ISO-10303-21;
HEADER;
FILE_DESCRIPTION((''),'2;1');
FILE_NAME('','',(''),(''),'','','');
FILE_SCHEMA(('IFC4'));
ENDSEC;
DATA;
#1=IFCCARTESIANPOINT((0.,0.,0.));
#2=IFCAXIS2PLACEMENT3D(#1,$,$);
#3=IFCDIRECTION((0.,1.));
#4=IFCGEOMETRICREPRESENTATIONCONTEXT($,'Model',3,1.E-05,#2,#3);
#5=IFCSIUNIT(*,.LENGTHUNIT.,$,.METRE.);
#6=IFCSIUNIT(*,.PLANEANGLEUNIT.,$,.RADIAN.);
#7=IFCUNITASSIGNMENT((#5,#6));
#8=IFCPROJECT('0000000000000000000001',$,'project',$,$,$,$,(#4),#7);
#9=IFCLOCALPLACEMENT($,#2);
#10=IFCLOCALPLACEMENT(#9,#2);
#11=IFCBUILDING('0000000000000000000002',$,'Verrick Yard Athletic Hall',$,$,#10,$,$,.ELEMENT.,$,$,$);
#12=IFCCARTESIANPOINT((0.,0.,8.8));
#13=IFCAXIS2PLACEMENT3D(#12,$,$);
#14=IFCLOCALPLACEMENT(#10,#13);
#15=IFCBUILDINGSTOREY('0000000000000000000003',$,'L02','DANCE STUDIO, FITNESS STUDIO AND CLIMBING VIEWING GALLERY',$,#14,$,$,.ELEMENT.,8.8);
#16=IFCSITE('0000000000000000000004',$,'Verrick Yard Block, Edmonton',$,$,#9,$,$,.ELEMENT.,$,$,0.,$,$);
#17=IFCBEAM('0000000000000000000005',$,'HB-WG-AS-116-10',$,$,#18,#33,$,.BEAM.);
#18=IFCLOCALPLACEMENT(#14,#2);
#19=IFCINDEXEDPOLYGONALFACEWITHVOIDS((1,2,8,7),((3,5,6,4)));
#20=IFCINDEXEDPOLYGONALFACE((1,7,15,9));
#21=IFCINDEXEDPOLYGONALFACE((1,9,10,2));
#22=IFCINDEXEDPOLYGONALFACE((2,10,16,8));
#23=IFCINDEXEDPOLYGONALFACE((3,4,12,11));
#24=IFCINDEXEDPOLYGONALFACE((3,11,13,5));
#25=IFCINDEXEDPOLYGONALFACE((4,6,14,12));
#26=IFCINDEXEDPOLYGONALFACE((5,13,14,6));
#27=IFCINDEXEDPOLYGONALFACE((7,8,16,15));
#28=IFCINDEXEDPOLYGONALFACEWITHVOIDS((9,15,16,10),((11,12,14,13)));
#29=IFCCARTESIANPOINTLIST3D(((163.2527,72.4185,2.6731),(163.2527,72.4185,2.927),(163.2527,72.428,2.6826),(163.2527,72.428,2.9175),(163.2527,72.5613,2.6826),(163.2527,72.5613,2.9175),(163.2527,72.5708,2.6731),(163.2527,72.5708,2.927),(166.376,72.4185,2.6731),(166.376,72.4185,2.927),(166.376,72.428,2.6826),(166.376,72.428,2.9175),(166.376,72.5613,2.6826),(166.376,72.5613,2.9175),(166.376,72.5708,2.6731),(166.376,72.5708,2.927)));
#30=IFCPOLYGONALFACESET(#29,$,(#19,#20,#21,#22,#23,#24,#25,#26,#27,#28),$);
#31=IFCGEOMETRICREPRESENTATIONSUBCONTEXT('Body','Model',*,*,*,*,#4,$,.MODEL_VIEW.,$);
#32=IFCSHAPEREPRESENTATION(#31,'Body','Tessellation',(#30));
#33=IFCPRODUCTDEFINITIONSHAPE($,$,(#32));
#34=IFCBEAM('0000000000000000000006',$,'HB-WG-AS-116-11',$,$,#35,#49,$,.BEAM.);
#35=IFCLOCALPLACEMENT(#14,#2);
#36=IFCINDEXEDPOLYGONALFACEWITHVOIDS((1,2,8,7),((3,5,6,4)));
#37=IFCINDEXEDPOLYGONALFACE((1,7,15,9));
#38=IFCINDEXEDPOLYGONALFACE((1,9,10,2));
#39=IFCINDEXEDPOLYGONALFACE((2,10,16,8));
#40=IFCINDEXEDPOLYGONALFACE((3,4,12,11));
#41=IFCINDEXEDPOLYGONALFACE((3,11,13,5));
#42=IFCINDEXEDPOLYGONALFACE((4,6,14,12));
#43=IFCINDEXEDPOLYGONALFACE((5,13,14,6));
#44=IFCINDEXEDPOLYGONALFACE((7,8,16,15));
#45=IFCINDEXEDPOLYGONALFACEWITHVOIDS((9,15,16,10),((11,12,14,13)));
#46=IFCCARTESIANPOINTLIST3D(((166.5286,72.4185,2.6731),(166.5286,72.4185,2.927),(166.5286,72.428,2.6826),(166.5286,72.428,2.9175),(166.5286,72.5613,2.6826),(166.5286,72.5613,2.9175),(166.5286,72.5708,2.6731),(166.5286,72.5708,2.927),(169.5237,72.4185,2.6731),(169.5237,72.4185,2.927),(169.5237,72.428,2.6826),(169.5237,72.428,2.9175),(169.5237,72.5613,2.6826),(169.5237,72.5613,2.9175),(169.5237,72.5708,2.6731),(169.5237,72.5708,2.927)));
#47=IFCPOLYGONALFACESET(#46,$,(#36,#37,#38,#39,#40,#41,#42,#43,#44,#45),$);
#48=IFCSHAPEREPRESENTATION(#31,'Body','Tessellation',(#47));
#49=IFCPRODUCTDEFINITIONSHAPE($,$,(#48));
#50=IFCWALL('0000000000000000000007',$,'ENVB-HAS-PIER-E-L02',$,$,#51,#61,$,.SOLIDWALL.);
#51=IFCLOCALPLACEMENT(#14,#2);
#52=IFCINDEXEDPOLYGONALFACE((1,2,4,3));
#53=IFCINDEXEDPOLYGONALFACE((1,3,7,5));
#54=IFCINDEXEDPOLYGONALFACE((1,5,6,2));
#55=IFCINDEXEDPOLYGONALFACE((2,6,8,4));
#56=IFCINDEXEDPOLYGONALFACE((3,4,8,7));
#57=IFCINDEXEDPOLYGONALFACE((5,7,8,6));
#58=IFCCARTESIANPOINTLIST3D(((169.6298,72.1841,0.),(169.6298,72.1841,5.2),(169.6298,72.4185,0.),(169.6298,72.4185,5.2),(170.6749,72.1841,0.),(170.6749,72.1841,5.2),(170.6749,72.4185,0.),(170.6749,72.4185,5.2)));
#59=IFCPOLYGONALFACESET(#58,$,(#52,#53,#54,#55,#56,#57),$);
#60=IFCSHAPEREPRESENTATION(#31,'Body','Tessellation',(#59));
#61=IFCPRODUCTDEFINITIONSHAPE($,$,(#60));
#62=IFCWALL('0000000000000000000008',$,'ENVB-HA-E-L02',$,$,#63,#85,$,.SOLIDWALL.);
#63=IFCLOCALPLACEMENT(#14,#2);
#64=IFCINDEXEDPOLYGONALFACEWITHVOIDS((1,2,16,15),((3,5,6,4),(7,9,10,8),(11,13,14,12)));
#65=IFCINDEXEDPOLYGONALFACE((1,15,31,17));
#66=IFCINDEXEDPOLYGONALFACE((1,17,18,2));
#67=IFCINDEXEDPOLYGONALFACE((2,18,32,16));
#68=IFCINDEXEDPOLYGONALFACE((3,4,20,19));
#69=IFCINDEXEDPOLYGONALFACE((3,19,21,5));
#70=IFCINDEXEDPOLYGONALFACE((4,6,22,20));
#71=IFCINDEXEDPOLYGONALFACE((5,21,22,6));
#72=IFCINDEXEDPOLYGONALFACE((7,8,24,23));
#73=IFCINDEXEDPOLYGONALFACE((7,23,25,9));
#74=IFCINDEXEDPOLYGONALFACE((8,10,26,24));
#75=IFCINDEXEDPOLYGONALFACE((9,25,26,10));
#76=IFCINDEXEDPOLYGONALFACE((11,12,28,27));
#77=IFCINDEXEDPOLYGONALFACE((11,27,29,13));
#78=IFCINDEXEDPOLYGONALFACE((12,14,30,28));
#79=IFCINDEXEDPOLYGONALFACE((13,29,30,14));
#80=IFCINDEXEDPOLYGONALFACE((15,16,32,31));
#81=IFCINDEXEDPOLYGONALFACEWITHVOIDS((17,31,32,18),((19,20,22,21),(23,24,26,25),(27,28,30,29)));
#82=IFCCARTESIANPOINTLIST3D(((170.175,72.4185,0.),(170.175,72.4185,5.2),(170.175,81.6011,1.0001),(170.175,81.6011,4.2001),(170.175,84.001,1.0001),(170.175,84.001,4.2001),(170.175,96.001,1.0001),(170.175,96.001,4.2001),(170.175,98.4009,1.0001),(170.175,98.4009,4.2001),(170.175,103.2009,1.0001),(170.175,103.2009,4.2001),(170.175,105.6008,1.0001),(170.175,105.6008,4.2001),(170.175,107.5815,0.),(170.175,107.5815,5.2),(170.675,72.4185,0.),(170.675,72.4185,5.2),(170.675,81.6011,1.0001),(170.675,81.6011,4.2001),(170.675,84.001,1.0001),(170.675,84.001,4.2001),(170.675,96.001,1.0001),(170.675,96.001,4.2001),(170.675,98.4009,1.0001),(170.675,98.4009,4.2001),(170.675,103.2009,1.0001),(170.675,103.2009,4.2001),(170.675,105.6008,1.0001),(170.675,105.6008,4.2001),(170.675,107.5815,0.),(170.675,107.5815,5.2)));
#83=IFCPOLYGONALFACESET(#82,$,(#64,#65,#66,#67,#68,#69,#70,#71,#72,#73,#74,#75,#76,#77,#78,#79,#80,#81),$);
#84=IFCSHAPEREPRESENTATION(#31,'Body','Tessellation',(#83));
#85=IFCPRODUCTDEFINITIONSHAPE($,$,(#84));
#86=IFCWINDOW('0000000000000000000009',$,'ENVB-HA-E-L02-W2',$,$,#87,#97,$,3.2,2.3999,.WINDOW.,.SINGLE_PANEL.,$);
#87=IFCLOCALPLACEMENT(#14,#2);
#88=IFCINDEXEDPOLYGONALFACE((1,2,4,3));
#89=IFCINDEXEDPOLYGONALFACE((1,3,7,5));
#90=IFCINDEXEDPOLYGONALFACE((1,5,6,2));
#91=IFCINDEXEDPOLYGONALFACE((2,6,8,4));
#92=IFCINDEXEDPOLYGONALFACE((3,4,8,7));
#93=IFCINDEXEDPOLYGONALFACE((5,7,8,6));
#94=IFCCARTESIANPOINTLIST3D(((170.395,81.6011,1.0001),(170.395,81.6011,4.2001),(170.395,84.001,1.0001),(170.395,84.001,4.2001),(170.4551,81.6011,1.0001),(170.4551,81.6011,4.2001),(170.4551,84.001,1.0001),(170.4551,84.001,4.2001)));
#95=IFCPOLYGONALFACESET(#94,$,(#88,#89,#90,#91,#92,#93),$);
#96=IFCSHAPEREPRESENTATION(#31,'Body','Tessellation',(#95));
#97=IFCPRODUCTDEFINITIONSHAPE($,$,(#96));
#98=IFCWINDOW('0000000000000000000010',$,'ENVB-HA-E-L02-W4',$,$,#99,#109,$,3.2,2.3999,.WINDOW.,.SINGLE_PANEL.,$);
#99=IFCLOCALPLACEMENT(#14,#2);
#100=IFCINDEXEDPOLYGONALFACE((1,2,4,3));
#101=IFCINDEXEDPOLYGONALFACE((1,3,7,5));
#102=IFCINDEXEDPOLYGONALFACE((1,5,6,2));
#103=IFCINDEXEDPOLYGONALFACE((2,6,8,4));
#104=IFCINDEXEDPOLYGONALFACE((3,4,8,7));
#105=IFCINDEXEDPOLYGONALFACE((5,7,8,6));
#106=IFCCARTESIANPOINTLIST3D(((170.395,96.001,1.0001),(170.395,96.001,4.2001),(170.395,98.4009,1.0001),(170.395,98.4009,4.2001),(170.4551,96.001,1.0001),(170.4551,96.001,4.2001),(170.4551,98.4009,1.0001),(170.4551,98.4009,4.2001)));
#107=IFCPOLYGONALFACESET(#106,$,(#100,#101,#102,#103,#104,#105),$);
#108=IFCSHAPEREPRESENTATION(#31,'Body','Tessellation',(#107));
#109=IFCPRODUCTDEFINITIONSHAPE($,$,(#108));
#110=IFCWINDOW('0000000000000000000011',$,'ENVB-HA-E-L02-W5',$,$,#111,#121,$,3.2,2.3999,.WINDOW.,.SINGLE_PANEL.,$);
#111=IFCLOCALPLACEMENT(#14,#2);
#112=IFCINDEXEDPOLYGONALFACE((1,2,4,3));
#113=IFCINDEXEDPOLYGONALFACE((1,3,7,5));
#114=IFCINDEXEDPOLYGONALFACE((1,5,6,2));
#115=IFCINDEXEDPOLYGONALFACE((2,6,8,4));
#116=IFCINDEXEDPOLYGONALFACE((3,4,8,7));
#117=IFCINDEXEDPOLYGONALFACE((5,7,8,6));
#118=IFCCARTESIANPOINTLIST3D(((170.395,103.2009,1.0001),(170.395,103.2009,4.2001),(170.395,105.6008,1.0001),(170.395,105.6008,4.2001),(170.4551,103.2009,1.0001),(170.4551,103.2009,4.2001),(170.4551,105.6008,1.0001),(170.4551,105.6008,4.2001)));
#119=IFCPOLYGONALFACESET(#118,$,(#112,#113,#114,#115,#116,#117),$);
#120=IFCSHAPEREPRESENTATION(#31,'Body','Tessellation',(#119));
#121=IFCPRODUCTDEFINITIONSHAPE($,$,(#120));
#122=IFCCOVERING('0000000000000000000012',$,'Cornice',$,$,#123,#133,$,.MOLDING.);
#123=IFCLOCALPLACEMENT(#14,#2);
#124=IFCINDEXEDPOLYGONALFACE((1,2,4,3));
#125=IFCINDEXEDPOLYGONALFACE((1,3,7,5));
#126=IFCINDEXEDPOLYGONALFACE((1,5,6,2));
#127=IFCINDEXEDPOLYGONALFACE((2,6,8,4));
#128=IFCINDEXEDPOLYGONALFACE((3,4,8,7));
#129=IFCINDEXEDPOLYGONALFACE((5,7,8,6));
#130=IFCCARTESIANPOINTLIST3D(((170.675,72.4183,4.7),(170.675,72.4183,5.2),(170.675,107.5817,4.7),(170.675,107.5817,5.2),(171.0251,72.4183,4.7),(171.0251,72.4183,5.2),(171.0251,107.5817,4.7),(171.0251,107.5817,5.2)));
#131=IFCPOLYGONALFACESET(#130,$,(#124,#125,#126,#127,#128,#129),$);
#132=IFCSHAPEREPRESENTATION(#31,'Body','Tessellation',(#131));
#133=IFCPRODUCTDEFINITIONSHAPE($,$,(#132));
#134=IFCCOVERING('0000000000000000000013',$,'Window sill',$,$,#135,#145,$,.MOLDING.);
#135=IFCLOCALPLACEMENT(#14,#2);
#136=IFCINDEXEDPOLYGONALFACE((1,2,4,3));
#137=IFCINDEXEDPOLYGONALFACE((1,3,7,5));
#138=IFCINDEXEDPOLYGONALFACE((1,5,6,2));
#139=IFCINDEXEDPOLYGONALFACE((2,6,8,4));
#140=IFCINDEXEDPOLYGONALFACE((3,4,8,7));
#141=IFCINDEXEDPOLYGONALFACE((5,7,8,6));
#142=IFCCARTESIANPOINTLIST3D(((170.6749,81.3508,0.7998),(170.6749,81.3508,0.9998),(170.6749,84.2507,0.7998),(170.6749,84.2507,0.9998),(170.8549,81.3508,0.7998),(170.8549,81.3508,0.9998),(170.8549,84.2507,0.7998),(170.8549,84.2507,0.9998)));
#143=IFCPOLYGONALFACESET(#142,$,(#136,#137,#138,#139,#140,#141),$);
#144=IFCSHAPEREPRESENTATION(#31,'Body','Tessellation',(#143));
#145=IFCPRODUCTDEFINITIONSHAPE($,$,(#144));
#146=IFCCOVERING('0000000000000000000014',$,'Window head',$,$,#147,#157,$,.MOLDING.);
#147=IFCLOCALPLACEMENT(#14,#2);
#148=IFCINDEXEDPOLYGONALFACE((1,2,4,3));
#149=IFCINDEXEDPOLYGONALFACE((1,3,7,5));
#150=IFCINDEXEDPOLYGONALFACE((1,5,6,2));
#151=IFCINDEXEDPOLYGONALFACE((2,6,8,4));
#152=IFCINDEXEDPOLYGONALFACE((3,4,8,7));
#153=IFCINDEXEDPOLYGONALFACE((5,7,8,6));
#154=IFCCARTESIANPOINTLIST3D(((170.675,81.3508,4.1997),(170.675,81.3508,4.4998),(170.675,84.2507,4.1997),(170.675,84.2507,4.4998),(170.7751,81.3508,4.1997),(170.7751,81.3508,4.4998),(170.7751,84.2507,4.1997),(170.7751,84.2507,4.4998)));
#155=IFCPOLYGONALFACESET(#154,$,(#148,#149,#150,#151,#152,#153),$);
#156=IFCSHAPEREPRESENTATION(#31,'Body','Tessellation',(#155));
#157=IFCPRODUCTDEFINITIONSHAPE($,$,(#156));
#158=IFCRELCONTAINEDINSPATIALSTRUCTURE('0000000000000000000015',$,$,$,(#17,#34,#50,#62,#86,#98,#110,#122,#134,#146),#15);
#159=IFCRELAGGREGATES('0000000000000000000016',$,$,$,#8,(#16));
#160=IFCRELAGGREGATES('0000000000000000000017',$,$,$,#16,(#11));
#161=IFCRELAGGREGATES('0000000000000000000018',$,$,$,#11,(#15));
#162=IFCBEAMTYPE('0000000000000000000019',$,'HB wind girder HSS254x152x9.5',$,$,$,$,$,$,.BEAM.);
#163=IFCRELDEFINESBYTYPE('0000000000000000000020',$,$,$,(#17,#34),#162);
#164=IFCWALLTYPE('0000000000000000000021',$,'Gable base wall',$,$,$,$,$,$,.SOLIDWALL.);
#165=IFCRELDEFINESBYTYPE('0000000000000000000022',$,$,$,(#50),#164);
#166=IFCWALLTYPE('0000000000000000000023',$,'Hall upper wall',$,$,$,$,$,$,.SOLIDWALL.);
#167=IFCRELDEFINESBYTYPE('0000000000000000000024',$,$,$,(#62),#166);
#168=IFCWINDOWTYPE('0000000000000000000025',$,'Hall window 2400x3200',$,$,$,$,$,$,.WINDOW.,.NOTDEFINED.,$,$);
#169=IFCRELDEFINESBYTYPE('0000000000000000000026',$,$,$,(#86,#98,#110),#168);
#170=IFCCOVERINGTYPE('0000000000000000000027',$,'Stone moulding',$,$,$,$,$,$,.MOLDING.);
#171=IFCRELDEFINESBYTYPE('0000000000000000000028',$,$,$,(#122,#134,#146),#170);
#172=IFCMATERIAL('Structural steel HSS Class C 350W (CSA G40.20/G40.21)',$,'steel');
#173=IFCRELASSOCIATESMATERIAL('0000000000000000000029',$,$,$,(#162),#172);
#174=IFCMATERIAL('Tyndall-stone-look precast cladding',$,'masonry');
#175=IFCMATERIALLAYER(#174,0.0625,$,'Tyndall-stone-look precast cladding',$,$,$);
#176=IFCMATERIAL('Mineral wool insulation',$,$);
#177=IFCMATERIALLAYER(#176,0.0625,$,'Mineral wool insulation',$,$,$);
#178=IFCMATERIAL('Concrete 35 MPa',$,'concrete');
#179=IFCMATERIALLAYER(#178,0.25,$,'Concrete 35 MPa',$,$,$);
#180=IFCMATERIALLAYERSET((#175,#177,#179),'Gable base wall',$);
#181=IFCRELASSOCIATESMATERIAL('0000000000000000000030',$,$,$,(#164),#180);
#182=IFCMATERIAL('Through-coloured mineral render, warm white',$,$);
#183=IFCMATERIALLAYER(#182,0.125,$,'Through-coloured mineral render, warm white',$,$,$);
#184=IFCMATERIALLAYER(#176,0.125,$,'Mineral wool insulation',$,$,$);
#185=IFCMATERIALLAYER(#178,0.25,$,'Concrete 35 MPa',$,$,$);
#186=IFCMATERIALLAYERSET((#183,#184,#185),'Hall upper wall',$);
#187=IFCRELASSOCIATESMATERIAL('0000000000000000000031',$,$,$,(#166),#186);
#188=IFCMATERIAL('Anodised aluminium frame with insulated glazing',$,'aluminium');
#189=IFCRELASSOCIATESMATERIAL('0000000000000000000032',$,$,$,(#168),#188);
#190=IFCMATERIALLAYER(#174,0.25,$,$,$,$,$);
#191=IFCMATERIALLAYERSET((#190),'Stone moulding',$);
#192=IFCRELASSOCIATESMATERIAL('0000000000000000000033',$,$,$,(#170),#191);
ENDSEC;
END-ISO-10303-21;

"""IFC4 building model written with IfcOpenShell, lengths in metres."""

from ifc_helpers import new_model, si_unit, direction, frame, frame_2d, origin, origin_2d, place, context, subcontext, project, spatial, rectangle, hollow_rectangle, extrude, material, layer, layer_set, material_profile, profile_set, type_object, element, fill, save


model = new_model("IFC4")

# Units and contexts
model_context = context("Model", 3, precision=1e-05, world=origin(), true_north=direction((0.0, 1.0)))
body_context = subcontext(model_context, "Body", "Model", "MODEL_VIEW")
ifc_project = project(units=[si_unit("LENGTHUNIT", "METRE"), si_unit("PLANEANGLEUNIT", "RADIAN")], contexts=[model_context])

# Site, building, storey
site_placement = place(None, origin())
site = spatial("IfcSite", under=ifc_project, at=site_placement, Name="Verrick Yard Block, Edmonton", CompositionType="ELEMENT", RefElevation=0.0)
building_placement = place(site_placement, origin())
building = spatial("IfcBuilding", under=site, at=building_placement, Name="Verrick Yard Athletic Hall", CompositionType="ELEMENT")
storey_placement = place(building_placement, frame((0.0, 0.0, 8.8)))
storey = spatial("IfcBuildingStorey", under=building, at=storey_placement, Name="L02", Description="DANCE STUDIO, FITNESS STUDIO AND CLIMBING VIEWING GALLERY", CompositionType="ELEMENT", Elevation=8.8)

# Shared definitions
ifc_material_1 = material(Name="Structural steel HSS Class C 350W (CSA G40.20/G40.21)", Category="steel")

# Beams
ifc_material_profile_1 = material_profile(ifc_material_1, hollow_rectangle(XDim=0.1523, YDim=0.2539, WallThickness=0.0095, at=origin_2d()), Name="HSS254x152x9.5")
ifc_profile_set_1 = profile_set([ifc_material_profile_1], Name="Structural steel HSS Class C 350W (CSA G40.20/G40.21)")
beam_type_1 = type_object("IfcBeamType", Name="HB wind girder HSS254x152x9.5", PredefinedType="BEAM", material=ifc_profile_set_1)
beam_1_placement = place(storey_placement, frame((163.2527, 72.4946, 2.8), z_axis=(1.0, 0.0, 0.0), x_axis=(0.0, 1.0, 0.0)))
element("IfcBeam", 1, at=beam_1_placement, inside=storey, type_object=beam_type_1, Name="HB-WG-AS-116-10", PredefinedType="BEAM", context=body_context, shape_type="SweptSolid", body=[
    extrude(hollow_rectangle(XDim=0.1523, YDim=0.2539, WallThickness=0.0095, at=origin_2d()), origin(), (0.0, 0.0, 1.0), 3.1233),
])
beam_2_placement = place(storey_placement, frame((166.5286, 72.4946, 2.8), z_axis=(1.0, 0.0, 0.0), x_axis=(0.0, 1.0, 0.0)))
element("IfcBeam", 2, at=beam_2_placement, inside=storey, type_object=beam_type_1, Name="HB-WG-AS-116-11", PredefinedType="BEAM", context=body_context, shape_type="SweptSolid", body=[
    extrude(hollow_rectangle(XDim=0.1523, YDim=0.2539, WallThickness=0.0095, at=origin_2d()), origin(), (0.0, 0.0, 1.0), 2.9951),
])

# Wall
ifc_material_2 = material(Name="Tyndall-stone-look precast cladding", Category="masonry")
ifc_layer_1 = layer(ifc_material_2, 0.0625, Name="Tyndall-stone-look precast cladding")
ifc_material_3 = material(Name="Mineral wool insulation")
ifc_layer_2 = layer(ifc_material_3, 0.0625, Name="Mineral wool insulation")
ifc_material_4 = material(Name="Concrete 35 MPa", Category="concrete")
ifc_layer_3 = layer(ifc_material_4, 0.25, Name="Concrete 35 MPa")
ifc_layer_set_1 = layer_set([ifc_layer_1, ifc_layer_2, ifc_layer_3], Name="Gable base wall")
wall_type_1 = type_object("IfcWallType", Name="Gable base wall", PredefinedType="SOLIDWALL", material=ifc_layer_set_1)
wall_1_placement = place(storey_placement, frame((169.6299, 72.3013, 0.0), z_axis=(0.0, 0.0, 1.0), x_axis=(1.0, 0.0, 0.0)))
element("IfcWall", 3, at=wall_1_placement, inside=storey, type_object=wall_type_1, Name="ENVB-HAS-PIER-E-L02", PredefinedType="SOLIDWALL", context=body_context, shape_type="SweptSolid", body=[
    extrude(rectangle(XDim=1.0452, YDim=0.2344, at=frame_2d((0.5225, 0.0))), origin(), (0.0, 0.0, 1.0), 5.2),
])

# Wall, openings, windows
ifc_material_5 = material(Name="Through-coloured mineral render, warm white")
ifc_layer_4 = layer(ifc_material_5, 0.125, Name="Through-coloured mineral render, warm white")
ifc_layer_5 = layer(ifc_material_3, 0.125, Name="Mineral wool insulation")
ifc_layer_6 = layer(ifc_material_4, 0.25, Name="Concrete 35 MPa")
ifc_layer_set_2 = layer_set([ifc_layer_4, ifc_layer_5, ifc_layer_6], Name="Hall upper wall")
wall_type_2 = type_object("IfcWallType", Name="Hall upper wall", PredefinedType="SOLIDWALL", material=ifc_layer_set_2)
wall_2_placement = place(storey_placement, frame((170.425, 72.4185, 0.0), z_axis=(0.0, 0.0, 1.0), x_axis=(0.0, 1.0, 0.0)))
wall_2 = element("IfcWall", 4, at=wall_2_placement, inside=storey, type_object=wall_type_2, Name="ENVB-HA-E-L02", PredefinedType="SOLIDWALL", context=body_context, shape_type="SweptSolid", body=[
    extrude(rectangle(XDim=35.1631, YDim=0.5, at=frame_2d((17.5815, 0.0))), origin(), (0.0, 0.0, 1.0), 5.2),
])
opening_1_placement = place(wall_2_placement, frame((9.1826, 0.0, 1.0)))
opening_1 = element("IfcOpeningElement", 5, at=opening_1_placement, cuts=wall_2, PredefinedType="OPENING", context=body_context, shape_type="SweptSolid", body=[
    extrude(rectangle(XDim=2.3999, YDim=3.2, at=frame_2d((1.2, 1.6001))), frame((0.0, 0.26, 0.0), z_axis=(0.0, -1.0, 0.0), x_axis=(1.0, 0.0, 0.0)), (0.0, 0.0, 1.0), 0.52),
])
opening_2_placement = place(wall_2_placement, frame((23.5825, 0.0, 1.0)))
opening_2 = element("IfcOpeningElement", 6, at=opening_2_placement, cuts=wall_2, PredefinedType="OPENING", context=body_context, shape_type="SweptSolid", body=[
    extrude(rectangle(XDim=2.3999, YDim=3.2, at=frame_2d((1.2, 1.6001))), frame((0.0, 0.26, 0.0), z_axis=(0.0, -1.0, 0.0), x_axis=(1.0, 0.0, 0.0)), (0.0, 0.0, 1.0), 0.52),
])
opening_3_placement = place(wall_2_placement, frame((30.7825, 0.0, 1.0)))
opening_3 = element("IfcOpeningElement", 7, at=opening_3_placement, cuts=wall_2, PredefinedType="OPENING", context=body_context, shape_type="SweptSolid", body=[
    extrude(rectangle(XDim=2.3999, YDim=3.2, at=frame_2d((1.2, 1.6001))), frame((0.0, 0.26, 0.0), z_axis=(0.0, -1.0, 0.0), x_axis=(1.0, 0.0, 0.0)), (0.0, 0.0, 1.0), 0.52),
])
ifc_material_6 = material(Name="Anodised aluminium frame with insulated glazing", Category="aluminium")
window_type = type_object("IfcWindowType", Name="Hall window 2400x3200", PartitioningType="NOTDEFINED", PredefinedType="WINDOW", material=ifc_material_6)
window_1_placement = place(opening_1_placement, origin())
window_1 = element("IfcWindow", 8, at=window_1_placement, inside=storey, type_object=window_type, Name="ENVB-HA-E-L02-W2", OverallHeight=3.2, OverallWidth=2.3999, PartitioningType="SINGLE_PANEL", PredefinedType="WINDOW", context=body_context, shape_type="SweptSolid", body=[
    extrude(rectangle(XDim=2.3999, YDim=3.2, at=frame_2d((1.2, 1.6001))), frame((0.0, 0.03, 0.0), z_axis=(0.0, -1.0, 0.0), x_axis=(1.0, 0.0, 0.0)), (0.0, 0.0, 1.0), 0.0601),
])
fill(opening_1, window_1)
window_2_placement = place(opening_2_placement, origin())
window_2 = element("IfcWindow", 9, at=window_2_placement, inside=storey, type_object=window_type, Name="ENVB-HA-E-L02-W4", OverallHeight=3.2, OverallWidth=2.3999, PartitioningType="SINGLE_PANEL", PredefinedType="WINDOW", context=body_context, shape_type="SweptSolid", body=[
    extrude(rectangle(XDim=2.3999, YDim=3.2, at=frame_2d((1.2, 1.6001))), frame((0.0, 0.03, 0.0), z_axis=(0.0, -1.0, 0.0), x_axis=(1.0, 0.0, 0.0)), (0.0, 0.0, 1.0), 0.0601),
])
fill(opening_2, window_2)
window_3_placement = place(opening_3_placement, origin())
window_3 = element("IfcWindow", 10, at=window_3_placement, inside=storey, type_object=window_type, Name="ENVB-HA-E-L02-W5", OverallHeight=3.2, OverallWidth=2.3999, PartitioningType="SINGLE_PANEL", PredefinedType="WINDOW", context=body_context, shape_type="SweptSolid", body=[
    extrude(rectangle(XDim=2.3999, YDim=3.2, at=frame_2d((1.2, 1.6001))), frame((0.0, 0.03, 0.0), z_axis=(0.0, -1.0, 0.0), x_axis=(1.0, 0.0, 0.0)), (0.0, 0.0, 1.0), 0.0601),
])
fill(opening_3, window_3)

# Coverings
ifc_layer_7 = layer(ifc_material_2, 0.25)
ifc_layer_set_3 = layer_set([ifc_layer_7], Name="Stone moulding")
covering_type = type_object("IfcCoveringType", Name="Stone moulding", PredefinedType="MOLDING", material=ifc_layer_set_3)
covering_1_placement = place(storey_placement, frame((170.8501, 90.0, 4.7), z_axis=(0.0, 0.0, 1.0), x_axis=(0.0, 1.0, 0.0)))
element("IfcCovering", 11, at=covering_1_placement, inside=storey, type_object=covering_type, Name="Cornice", PredefinedType="MOLDING", context=body_context, shape_type="SweptSolid", body=[
    extrude(rectangle(XDim=35.1633, YDim=0.3501, at=origin_2d()), origin(), (0.0, 0.0, 1.0), 0.5),
])
covering_2_placement = place(storey_placement, frame((170.7649, 82.8008, 0.7998), z_axis=(0.0, 0.0, 1.0), x_axis=(0.0, 1.0, 0.0)))
element("IfcCovering", 12, at=covering_2_placement, inside=storey, type_object=covering_type, Name="Window sill", PredefinedType="MOLDING", context=body_context, shape_type="SweptSolid", body=[
    extrude(rectangle(XDim=2.8999, YDim=0.1799, at=origin_2d()), origin(), (0.0, 0.0, 1.0), 0.2),
])
covering_3_placement = place(storey_placement, frame((170.7251, 82.8008, 4.1997), z_axis=(0.0, 0.0, 1.0), x_axis=(0.0, 1.0, 0.0)))
element("IfcCovering", 13, at=covering_3_placement, inside=storey, type_object=covering_type, Name="Window head", PredefinedType="MOLDING", context=body_context, shape_type="SweptSolid", body=[
    extrude(rectangle(XDim=2.8999, YDim=0.1001, at=origin_2d()), origin(), (0.0, 0.0, 1.0), 0.3),
])

save(model, "model.ifc")
